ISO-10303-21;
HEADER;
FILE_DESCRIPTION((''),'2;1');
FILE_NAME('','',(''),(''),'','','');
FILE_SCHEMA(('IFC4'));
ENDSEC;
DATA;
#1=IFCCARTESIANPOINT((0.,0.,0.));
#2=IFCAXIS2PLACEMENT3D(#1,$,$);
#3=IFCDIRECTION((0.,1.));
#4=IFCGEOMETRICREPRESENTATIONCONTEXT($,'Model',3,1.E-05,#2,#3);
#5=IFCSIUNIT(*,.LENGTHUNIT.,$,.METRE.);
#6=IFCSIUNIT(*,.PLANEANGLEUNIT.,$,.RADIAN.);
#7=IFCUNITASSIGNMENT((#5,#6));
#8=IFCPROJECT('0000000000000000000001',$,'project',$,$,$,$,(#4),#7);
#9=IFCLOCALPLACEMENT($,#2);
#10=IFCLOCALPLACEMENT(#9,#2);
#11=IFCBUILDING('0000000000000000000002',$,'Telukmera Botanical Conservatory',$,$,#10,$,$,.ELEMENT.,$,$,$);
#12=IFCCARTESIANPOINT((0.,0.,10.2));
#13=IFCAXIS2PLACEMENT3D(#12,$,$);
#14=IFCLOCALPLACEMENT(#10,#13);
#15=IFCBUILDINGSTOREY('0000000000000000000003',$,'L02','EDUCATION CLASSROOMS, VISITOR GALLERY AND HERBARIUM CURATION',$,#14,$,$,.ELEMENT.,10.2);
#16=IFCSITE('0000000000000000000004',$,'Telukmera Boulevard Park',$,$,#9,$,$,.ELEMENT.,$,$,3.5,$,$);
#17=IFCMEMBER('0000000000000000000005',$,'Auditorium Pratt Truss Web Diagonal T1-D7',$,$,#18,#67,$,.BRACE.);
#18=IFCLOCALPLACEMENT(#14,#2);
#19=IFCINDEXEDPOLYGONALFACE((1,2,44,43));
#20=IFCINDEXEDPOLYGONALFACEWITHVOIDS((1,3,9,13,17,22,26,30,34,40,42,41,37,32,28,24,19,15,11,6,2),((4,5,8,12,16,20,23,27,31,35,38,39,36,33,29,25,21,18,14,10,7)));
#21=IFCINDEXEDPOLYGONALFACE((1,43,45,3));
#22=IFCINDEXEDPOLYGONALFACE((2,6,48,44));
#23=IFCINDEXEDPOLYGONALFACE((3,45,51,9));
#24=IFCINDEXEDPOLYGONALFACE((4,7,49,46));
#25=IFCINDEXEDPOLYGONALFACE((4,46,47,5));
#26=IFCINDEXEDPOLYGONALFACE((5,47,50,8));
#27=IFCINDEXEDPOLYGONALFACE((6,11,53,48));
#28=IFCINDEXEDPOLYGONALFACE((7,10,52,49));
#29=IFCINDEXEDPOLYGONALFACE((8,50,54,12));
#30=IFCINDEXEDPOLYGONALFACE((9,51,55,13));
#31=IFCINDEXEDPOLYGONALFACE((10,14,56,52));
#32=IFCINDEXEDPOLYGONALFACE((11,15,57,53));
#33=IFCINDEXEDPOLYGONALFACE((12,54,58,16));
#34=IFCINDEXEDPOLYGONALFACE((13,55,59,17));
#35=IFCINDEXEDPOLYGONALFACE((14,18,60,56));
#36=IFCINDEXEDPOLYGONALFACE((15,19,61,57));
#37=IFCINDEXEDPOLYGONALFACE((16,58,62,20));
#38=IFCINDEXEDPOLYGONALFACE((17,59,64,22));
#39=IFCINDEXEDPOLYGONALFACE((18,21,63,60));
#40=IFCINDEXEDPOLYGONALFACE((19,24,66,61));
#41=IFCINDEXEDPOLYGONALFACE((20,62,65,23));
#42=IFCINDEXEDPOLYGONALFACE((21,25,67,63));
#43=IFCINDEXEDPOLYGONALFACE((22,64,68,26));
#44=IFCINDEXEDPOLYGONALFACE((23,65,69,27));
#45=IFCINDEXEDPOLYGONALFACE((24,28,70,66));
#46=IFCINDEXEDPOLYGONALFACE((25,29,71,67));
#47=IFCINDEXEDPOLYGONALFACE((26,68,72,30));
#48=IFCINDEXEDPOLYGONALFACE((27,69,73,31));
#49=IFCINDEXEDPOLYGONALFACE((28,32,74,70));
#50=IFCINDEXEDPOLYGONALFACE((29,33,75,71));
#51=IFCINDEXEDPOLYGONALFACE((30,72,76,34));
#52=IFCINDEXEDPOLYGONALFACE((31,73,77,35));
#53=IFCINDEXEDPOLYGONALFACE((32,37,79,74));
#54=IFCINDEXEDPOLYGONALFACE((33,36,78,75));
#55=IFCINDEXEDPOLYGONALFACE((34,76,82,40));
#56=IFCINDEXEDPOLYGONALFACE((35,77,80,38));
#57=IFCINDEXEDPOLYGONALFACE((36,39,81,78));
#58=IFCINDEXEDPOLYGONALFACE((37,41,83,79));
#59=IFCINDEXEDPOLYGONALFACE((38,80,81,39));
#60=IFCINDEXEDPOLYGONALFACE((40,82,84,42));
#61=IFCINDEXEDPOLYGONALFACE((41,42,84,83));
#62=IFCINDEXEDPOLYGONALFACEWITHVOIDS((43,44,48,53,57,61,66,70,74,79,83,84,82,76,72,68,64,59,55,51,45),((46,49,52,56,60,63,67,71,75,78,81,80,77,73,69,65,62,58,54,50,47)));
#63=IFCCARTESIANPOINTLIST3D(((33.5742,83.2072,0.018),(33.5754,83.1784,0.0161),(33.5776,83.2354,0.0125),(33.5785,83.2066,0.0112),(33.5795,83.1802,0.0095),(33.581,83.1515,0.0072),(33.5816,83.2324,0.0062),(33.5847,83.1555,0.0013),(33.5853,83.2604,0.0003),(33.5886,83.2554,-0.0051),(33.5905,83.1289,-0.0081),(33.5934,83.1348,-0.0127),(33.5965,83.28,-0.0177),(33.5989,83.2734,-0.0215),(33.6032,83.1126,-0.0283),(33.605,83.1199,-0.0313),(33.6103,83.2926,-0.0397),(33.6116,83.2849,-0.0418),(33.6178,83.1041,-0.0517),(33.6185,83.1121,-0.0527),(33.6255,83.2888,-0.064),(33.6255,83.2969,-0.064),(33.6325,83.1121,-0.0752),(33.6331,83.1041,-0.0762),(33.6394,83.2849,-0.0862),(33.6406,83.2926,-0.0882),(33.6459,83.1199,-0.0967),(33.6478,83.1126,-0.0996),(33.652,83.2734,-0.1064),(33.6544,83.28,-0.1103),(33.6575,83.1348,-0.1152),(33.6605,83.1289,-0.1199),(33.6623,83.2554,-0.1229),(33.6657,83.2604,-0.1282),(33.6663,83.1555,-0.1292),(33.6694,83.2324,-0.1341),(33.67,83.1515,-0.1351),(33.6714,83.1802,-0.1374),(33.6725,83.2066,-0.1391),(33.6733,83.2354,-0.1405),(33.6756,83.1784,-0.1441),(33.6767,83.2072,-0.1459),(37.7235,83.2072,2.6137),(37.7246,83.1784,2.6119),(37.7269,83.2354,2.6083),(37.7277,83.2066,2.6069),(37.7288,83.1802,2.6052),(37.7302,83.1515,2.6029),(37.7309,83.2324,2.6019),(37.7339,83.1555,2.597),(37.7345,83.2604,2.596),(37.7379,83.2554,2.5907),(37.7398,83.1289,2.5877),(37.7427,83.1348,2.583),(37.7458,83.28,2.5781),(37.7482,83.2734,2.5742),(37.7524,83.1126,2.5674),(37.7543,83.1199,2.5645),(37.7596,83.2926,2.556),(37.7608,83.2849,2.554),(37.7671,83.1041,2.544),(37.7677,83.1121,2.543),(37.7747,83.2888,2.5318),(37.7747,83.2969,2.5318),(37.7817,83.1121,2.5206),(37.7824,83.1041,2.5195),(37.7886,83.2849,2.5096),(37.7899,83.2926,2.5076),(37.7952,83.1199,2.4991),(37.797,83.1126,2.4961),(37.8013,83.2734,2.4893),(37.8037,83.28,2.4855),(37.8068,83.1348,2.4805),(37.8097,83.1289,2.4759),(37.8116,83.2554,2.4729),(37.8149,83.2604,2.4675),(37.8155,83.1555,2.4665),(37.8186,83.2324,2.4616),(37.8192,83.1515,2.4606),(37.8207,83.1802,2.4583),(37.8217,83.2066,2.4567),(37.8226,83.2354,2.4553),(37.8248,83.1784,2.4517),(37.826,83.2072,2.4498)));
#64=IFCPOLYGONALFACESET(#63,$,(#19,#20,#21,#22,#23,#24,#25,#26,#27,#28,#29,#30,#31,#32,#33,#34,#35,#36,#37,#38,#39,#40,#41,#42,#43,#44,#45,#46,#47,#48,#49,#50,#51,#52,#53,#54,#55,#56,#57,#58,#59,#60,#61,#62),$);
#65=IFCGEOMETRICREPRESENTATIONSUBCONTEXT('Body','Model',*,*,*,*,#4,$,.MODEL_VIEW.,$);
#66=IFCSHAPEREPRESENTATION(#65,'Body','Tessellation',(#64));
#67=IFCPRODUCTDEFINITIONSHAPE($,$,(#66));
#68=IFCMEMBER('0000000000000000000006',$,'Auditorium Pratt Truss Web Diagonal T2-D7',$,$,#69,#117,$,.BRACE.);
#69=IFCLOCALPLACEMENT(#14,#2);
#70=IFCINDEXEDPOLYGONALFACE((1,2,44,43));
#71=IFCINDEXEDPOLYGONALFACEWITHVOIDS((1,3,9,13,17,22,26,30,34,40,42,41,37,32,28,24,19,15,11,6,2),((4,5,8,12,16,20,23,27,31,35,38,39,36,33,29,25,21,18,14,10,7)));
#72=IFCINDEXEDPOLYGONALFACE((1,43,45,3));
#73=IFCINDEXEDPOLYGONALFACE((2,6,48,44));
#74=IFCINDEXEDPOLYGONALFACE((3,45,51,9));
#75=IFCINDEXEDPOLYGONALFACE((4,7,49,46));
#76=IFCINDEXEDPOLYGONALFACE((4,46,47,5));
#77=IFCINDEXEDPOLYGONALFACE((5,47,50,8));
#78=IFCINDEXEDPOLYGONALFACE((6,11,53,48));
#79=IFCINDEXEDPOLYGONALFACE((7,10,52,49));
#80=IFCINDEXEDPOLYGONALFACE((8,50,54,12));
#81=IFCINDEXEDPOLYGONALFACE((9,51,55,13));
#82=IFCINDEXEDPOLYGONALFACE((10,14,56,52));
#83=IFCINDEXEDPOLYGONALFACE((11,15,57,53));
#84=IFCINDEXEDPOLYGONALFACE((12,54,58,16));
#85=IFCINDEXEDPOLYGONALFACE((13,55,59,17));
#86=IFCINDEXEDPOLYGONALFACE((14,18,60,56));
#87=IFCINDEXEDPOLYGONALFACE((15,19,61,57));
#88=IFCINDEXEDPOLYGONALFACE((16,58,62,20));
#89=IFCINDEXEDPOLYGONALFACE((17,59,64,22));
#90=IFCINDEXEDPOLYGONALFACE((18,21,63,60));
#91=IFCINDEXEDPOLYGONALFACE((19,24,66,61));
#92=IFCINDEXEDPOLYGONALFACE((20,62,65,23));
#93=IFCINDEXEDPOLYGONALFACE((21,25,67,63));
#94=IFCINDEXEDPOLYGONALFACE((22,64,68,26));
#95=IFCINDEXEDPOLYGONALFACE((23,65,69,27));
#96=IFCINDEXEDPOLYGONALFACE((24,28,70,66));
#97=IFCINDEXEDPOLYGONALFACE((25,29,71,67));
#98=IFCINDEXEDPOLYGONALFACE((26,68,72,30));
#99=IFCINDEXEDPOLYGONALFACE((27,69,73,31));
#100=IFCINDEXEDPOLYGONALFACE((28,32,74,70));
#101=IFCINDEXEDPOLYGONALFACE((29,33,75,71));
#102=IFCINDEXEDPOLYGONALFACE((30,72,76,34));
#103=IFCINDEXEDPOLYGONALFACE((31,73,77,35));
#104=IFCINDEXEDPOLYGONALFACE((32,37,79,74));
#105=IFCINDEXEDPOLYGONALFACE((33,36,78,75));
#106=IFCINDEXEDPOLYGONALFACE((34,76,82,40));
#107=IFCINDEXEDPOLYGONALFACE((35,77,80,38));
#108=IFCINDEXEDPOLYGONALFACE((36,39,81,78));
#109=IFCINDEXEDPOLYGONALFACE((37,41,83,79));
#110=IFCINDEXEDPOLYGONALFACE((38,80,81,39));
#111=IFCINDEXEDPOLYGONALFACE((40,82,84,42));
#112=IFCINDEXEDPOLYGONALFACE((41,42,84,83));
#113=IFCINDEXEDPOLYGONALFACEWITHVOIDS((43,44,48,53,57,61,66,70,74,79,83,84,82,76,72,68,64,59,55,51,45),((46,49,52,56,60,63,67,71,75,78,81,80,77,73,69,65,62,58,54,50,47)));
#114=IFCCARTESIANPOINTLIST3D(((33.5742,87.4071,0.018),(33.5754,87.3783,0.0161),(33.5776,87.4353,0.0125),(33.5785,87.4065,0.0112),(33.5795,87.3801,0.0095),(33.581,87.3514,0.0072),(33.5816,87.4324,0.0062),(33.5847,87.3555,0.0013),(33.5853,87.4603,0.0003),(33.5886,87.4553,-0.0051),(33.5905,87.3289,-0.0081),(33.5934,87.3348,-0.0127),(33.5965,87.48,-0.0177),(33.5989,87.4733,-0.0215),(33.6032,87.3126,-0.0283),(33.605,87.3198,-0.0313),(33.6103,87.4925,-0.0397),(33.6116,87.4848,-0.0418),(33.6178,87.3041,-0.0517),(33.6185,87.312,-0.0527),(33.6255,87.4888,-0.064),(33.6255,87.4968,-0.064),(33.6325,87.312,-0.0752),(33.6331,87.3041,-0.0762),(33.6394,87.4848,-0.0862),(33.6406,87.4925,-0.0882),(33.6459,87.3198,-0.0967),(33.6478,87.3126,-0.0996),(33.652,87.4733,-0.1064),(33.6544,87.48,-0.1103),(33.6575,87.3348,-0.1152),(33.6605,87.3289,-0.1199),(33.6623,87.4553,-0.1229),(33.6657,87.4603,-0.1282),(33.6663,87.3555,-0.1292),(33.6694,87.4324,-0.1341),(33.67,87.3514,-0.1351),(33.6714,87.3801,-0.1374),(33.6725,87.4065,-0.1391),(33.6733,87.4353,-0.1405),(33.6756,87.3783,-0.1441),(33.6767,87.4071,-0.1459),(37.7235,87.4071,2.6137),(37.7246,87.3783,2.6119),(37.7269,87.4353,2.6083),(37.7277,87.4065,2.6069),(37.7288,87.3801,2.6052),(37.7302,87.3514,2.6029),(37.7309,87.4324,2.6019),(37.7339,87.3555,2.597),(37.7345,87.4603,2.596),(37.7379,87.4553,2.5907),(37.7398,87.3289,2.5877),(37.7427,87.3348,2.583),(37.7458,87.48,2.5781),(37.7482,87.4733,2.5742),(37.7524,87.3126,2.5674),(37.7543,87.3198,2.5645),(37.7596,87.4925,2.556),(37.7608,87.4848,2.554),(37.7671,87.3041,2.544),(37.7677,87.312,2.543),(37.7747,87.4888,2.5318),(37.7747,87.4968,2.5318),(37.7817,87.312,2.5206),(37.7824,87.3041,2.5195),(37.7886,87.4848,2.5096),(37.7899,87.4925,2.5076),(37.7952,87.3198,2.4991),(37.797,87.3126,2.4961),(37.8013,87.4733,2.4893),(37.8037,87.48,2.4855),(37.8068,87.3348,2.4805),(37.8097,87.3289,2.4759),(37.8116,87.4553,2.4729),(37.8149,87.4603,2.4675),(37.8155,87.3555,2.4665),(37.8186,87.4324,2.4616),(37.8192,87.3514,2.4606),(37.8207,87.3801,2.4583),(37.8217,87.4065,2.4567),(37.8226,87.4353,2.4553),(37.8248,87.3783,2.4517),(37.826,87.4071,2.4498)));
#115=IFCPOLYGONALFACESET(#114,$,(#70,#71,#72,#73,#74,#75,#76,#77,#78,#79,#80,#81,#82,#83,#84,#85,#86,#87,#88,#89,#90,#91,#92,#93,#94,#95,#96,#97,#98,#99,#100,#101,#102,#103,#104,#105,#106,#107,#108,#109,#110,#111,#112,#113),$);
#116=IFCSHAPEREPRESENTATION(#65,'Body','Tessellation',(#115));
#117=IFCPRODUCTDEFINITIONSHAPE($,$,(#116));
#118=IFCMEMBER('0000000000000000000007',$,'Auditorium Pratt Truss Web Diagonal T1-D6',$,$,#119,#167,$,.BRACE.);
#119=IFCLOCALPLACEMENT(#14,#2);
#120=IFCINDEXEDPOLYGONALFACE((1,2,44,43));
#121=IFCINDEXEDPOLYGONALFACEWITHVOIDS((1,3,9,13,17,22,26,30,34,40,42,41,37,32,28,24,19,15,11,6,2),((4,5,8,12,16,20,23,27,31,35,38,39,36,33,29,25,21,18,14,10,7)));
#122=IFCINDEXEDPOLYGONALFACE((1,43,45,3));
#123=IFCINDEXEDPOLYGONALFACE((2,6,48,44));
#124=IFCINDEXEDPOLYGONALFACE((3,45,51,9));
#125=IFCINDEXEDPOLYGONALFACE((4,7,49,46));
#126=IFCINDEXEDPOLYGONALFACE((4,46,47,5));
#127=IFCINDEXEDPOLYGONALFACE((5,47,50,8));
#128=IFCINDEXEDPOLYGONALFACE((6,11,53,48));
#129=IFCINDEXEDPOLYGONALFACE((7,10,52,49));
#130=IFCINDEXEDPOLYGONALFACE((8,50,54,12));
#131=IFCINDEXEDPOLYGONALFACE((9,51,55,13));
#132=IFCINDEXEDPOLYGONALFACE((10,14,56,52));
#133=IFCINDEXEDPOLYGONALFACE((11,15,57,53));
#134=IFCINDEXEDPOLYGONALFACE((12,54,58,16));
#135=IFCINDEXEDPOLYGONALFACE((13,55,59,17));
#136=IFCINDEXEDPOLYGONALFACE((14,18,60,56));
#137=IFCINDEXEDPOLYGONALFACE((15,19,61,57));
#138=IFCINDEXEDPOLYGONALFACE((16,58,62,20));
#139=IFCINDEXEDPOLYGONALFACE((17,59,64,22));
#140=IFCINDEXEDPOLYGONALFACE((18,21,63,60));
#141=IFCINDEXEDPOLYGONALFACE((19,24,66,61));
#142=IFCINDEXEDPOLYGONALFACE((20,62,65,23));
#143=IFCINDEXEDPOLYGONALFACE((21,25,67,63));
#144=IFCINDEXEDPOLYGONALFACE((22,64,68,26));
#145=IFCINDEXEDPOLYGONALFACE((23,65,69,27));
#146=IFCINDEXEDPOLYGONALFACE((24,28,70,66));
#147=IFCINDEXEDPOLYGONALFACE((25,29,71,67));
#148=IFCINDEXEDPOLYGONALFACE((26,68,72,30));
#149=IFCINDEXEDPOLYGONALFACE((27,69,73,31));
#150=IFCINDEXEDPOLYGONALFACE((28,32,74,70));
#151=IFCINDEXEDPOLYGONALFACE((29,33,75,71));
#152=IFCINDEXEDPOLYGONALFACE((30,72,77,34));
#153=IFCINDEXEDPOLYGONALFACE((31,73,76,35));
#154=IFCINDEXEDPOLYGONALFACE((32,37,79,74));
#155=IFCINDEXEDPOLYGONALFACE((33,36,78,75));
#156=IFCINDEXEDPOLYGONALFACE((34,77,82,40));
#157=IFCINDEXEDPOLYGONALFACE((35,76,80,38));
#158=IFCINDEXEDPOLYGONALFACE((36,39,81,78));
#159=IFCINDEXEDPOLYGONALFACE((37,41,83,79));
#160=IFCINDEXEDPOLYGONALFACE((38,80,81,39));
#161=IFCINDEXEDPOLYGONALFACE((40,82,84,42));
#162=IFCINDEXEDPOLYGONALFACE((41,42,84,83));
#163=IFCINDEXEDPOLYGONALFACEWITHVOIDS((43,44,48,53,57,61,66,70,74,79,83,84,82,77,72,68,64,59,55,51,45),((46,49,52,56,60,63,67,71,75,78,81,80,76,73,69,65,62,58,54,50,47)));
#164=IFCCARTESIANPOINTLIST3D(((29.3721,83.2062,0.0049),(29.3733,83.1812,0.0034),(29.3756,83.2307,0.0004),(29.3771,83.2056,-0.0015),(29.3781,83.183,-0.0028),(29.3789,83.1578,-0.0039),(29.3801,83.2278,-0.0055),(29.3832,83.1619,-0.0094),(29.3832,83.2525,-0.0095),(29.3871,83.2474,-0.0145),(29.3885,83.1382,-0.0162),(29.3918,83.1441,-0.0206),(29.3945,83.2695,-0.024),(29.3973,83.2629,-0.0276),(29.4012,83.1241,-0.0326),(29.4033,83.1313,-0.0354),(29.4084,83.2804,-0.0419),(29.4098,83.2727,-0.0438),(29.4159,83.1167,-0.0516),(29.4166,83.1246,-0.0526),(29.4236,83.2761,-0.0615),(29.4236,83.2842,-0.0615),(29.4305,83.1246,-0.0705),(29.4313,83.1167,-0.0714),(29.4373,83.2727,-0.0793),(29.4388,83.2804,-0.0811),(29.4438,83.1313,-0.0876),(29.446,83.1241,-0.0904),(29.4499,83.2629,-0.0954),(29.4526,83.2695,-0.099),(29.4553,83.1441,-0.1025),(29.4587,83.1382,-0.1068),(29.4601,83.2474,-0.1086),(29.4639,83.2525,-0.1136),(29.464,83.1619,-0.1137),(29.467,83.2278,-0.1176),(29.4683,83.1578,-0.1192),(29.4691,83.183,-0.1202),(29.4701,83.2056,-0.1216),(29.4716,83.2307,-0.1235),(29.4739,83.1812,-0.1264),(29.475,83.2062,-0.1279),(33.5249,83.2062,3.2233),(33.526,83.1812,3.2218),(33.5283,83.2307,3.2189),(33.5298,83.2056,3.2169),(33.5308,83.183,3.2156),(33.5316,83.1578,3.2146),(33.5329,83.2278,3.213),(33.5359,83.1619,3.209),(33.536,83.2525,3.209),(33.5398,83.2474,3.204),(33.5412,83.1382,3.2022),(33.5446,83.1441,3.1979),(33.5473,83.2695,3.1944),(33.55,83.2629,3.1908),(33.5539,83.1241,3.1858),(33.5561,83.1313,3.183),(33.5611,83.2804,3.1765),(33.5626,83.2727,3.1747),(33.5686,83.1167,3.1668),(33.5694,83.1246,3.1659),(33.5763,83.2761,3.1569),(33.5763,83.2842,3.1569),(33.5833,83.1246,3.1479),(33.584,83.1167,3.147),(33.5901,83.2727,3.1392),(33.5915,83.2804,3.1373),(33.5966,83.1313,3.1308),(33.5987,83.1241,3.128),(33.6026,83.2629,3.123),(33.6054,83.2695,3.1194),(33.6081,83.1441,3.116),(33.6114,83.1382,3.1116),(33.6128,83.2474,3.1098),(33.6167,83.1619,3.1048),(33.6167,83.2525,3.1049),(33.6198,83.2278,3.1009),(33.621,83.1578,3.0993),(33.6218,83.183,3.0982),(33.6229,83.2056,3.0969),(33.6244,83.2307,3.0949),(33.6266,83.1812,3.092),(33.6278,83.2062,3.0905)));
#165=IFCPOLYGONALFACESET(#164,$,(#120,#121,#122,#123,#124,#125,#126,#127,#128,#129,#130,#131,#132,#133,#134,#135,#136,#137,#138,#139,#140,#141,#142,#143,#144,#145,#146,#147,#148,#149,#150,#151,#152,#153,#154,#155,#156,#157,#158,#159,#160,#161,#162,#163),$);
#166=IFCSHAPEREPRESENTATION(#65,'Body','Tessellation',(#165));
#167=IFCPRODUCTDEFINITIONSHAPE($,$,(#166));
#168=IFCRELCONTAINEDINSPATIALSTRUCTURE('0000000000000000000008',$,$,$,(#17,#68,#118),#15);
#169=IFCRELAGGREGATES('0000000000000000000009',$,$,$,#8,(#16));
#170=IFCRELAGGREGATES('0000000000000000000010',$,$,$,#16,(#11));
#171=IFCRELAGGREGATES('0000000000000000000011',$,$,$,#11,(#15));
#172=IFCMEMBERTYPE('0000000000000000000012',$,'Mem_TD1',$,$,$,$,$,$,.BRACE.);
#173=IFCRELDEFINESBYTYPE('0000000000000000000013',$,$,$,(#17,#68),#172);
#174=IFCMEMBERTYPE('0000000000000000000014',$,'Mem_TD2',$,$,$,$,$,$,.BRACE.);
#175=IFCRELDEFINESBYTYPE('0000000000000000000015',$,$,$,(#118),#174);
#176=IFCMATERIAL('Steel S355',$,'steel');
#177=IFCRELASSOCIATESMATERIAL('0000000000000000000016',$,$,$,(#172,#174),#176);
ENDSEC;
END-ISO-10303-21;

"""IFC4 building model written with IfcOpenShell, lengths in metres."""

from ifc_helpers import new_model, si_unit, direction, frame, origin, origin_2d, place, context, subcontext, project, spatial, hollow_circle, extrude, material, material_profile, profile_set, type_object, element, save


model = new_model("IFC4")

# Units and contexts
model_context = context("Model", 3, precision=1e-05, world=origin(), true_north=direction((0.0, 1.0)))
body_context = subcontext(model_context, "Body", "Model", "MODEL_VIEW")
ifc_project = project(units=[si_unit("LENGTHUNIT", "METRE"), si_unit("PLANEANGLEUNIT", "RADIAN")], contexts=[model_context])

# Site, building, storey
site_placement = place(None, origin())
site = spatial("IfcSite", under=ifc_project, at=site_placement, Name="Telukmera Boulevard Park", CompositionType="ELEMENT", RefElevation=3.5)
building_placement = place(site_placement, origin())
building = spatial("IfcBuilding", under=site, at=building_placement, Name="Telukmera Botanical Conservatory", CompositionType="ELEMENT")
storey_placement = place(building_placement, frame((0.0, 0.0, 10.2)))
storey = spatial("IfcBuildingStorey", under=building, at=storey_placement, Name="L02", Description="EDUCATION CLASSROOMS, VISITOR GALLERY AND HERBARIUM CURATION", CompositionType="ELEMENT", Elevation=10.2)

# Members
ifc_material_1 = material(Name="Steel S355", Category="steel")
ifc_material_profile_1 = material_profile(ifc_material_1, hollow_circle(Radius=0.0969, WallThickness=0.0081, at=origin_2d()), Name="CHS 193.7x8.0")
ifc_profile_set_1 = profile_set([ifc_material_profile_1], Name="Steel S355")
member_type_1 = type_object("IfcMemberType", Name="Mem_TD1", PredefinedType="BRACE", material=ifc_profile_set_1)
for number, where, z_axis, x_axis, name in (
    (1, (33.6255, 83.2, -0.064), (0.847771, 0.0, 0.530362), (0.0, 1.0, 0.0), "Auditorium Pratt Truss Web Diagonal T1-D7"),
    (2, (33.6255, 87.3999, -0.064), (0.847771, 0.0, 0.530362), (0.0, 1.0, 0.0), "Auditorium Pratt Truss Web Diagonal T2-D7"),
):
    element("IfcMember", number, at=place(storey_placement, frame(where, z_axis=z_axis, x_axis=x_axis)), inside=storey, type_object=member_type_1, Name=name, PredefinedType="BRACE", context=body_context, shape_type="SweptSolid", body=[
        extrude(hollow_circle(Radius=0.0969, WallThickness=0.0081, at=origin_2d()), origin(), (0.0, 0.0, 1.0), 4.8943),
    ])
ifc_material_profile_2 = material_profile(ifc_material_1, hollow_circle(Radius=0.0842, WallThickness=0.0081, at=origin_2d()), Name="CHS 168.3x8.0")
ifc_profile_set_2 = profile_set([ifc_material_profile_2], Name="Steel S355")
member_type_2 = type_object("IfcMemberType", Name="Mem_TD2", PredefinedType="BRACE", material=ifc_profile_set_2)
for number, where, z_axis, x_axis, name in (
    (3, (29.4236, 83.2, -0.0615), (0.790409, 0.0, 0.612579), (0.0, 1.0, 0.0), "Auditorium Pratt Truss Web Diagonal T1-D6"),
):
    element("IfcMember", number, at=place(storey_placement, frame(where, z_axis=z_axis, x_axis=x_axis)), inside=storey, type_object=member_type_2, Name=name, PredefinedType="BRACE", context=body_context, shape_type="SweptSolid", body=[
        extrude(hollow_circle(Radius=0.0842, WallThickness=0.0081, at=origin_2d()), origin(), (0.0, 0.0, 1.0), 5.2539),
    ])

save(model, "model.ifc")
